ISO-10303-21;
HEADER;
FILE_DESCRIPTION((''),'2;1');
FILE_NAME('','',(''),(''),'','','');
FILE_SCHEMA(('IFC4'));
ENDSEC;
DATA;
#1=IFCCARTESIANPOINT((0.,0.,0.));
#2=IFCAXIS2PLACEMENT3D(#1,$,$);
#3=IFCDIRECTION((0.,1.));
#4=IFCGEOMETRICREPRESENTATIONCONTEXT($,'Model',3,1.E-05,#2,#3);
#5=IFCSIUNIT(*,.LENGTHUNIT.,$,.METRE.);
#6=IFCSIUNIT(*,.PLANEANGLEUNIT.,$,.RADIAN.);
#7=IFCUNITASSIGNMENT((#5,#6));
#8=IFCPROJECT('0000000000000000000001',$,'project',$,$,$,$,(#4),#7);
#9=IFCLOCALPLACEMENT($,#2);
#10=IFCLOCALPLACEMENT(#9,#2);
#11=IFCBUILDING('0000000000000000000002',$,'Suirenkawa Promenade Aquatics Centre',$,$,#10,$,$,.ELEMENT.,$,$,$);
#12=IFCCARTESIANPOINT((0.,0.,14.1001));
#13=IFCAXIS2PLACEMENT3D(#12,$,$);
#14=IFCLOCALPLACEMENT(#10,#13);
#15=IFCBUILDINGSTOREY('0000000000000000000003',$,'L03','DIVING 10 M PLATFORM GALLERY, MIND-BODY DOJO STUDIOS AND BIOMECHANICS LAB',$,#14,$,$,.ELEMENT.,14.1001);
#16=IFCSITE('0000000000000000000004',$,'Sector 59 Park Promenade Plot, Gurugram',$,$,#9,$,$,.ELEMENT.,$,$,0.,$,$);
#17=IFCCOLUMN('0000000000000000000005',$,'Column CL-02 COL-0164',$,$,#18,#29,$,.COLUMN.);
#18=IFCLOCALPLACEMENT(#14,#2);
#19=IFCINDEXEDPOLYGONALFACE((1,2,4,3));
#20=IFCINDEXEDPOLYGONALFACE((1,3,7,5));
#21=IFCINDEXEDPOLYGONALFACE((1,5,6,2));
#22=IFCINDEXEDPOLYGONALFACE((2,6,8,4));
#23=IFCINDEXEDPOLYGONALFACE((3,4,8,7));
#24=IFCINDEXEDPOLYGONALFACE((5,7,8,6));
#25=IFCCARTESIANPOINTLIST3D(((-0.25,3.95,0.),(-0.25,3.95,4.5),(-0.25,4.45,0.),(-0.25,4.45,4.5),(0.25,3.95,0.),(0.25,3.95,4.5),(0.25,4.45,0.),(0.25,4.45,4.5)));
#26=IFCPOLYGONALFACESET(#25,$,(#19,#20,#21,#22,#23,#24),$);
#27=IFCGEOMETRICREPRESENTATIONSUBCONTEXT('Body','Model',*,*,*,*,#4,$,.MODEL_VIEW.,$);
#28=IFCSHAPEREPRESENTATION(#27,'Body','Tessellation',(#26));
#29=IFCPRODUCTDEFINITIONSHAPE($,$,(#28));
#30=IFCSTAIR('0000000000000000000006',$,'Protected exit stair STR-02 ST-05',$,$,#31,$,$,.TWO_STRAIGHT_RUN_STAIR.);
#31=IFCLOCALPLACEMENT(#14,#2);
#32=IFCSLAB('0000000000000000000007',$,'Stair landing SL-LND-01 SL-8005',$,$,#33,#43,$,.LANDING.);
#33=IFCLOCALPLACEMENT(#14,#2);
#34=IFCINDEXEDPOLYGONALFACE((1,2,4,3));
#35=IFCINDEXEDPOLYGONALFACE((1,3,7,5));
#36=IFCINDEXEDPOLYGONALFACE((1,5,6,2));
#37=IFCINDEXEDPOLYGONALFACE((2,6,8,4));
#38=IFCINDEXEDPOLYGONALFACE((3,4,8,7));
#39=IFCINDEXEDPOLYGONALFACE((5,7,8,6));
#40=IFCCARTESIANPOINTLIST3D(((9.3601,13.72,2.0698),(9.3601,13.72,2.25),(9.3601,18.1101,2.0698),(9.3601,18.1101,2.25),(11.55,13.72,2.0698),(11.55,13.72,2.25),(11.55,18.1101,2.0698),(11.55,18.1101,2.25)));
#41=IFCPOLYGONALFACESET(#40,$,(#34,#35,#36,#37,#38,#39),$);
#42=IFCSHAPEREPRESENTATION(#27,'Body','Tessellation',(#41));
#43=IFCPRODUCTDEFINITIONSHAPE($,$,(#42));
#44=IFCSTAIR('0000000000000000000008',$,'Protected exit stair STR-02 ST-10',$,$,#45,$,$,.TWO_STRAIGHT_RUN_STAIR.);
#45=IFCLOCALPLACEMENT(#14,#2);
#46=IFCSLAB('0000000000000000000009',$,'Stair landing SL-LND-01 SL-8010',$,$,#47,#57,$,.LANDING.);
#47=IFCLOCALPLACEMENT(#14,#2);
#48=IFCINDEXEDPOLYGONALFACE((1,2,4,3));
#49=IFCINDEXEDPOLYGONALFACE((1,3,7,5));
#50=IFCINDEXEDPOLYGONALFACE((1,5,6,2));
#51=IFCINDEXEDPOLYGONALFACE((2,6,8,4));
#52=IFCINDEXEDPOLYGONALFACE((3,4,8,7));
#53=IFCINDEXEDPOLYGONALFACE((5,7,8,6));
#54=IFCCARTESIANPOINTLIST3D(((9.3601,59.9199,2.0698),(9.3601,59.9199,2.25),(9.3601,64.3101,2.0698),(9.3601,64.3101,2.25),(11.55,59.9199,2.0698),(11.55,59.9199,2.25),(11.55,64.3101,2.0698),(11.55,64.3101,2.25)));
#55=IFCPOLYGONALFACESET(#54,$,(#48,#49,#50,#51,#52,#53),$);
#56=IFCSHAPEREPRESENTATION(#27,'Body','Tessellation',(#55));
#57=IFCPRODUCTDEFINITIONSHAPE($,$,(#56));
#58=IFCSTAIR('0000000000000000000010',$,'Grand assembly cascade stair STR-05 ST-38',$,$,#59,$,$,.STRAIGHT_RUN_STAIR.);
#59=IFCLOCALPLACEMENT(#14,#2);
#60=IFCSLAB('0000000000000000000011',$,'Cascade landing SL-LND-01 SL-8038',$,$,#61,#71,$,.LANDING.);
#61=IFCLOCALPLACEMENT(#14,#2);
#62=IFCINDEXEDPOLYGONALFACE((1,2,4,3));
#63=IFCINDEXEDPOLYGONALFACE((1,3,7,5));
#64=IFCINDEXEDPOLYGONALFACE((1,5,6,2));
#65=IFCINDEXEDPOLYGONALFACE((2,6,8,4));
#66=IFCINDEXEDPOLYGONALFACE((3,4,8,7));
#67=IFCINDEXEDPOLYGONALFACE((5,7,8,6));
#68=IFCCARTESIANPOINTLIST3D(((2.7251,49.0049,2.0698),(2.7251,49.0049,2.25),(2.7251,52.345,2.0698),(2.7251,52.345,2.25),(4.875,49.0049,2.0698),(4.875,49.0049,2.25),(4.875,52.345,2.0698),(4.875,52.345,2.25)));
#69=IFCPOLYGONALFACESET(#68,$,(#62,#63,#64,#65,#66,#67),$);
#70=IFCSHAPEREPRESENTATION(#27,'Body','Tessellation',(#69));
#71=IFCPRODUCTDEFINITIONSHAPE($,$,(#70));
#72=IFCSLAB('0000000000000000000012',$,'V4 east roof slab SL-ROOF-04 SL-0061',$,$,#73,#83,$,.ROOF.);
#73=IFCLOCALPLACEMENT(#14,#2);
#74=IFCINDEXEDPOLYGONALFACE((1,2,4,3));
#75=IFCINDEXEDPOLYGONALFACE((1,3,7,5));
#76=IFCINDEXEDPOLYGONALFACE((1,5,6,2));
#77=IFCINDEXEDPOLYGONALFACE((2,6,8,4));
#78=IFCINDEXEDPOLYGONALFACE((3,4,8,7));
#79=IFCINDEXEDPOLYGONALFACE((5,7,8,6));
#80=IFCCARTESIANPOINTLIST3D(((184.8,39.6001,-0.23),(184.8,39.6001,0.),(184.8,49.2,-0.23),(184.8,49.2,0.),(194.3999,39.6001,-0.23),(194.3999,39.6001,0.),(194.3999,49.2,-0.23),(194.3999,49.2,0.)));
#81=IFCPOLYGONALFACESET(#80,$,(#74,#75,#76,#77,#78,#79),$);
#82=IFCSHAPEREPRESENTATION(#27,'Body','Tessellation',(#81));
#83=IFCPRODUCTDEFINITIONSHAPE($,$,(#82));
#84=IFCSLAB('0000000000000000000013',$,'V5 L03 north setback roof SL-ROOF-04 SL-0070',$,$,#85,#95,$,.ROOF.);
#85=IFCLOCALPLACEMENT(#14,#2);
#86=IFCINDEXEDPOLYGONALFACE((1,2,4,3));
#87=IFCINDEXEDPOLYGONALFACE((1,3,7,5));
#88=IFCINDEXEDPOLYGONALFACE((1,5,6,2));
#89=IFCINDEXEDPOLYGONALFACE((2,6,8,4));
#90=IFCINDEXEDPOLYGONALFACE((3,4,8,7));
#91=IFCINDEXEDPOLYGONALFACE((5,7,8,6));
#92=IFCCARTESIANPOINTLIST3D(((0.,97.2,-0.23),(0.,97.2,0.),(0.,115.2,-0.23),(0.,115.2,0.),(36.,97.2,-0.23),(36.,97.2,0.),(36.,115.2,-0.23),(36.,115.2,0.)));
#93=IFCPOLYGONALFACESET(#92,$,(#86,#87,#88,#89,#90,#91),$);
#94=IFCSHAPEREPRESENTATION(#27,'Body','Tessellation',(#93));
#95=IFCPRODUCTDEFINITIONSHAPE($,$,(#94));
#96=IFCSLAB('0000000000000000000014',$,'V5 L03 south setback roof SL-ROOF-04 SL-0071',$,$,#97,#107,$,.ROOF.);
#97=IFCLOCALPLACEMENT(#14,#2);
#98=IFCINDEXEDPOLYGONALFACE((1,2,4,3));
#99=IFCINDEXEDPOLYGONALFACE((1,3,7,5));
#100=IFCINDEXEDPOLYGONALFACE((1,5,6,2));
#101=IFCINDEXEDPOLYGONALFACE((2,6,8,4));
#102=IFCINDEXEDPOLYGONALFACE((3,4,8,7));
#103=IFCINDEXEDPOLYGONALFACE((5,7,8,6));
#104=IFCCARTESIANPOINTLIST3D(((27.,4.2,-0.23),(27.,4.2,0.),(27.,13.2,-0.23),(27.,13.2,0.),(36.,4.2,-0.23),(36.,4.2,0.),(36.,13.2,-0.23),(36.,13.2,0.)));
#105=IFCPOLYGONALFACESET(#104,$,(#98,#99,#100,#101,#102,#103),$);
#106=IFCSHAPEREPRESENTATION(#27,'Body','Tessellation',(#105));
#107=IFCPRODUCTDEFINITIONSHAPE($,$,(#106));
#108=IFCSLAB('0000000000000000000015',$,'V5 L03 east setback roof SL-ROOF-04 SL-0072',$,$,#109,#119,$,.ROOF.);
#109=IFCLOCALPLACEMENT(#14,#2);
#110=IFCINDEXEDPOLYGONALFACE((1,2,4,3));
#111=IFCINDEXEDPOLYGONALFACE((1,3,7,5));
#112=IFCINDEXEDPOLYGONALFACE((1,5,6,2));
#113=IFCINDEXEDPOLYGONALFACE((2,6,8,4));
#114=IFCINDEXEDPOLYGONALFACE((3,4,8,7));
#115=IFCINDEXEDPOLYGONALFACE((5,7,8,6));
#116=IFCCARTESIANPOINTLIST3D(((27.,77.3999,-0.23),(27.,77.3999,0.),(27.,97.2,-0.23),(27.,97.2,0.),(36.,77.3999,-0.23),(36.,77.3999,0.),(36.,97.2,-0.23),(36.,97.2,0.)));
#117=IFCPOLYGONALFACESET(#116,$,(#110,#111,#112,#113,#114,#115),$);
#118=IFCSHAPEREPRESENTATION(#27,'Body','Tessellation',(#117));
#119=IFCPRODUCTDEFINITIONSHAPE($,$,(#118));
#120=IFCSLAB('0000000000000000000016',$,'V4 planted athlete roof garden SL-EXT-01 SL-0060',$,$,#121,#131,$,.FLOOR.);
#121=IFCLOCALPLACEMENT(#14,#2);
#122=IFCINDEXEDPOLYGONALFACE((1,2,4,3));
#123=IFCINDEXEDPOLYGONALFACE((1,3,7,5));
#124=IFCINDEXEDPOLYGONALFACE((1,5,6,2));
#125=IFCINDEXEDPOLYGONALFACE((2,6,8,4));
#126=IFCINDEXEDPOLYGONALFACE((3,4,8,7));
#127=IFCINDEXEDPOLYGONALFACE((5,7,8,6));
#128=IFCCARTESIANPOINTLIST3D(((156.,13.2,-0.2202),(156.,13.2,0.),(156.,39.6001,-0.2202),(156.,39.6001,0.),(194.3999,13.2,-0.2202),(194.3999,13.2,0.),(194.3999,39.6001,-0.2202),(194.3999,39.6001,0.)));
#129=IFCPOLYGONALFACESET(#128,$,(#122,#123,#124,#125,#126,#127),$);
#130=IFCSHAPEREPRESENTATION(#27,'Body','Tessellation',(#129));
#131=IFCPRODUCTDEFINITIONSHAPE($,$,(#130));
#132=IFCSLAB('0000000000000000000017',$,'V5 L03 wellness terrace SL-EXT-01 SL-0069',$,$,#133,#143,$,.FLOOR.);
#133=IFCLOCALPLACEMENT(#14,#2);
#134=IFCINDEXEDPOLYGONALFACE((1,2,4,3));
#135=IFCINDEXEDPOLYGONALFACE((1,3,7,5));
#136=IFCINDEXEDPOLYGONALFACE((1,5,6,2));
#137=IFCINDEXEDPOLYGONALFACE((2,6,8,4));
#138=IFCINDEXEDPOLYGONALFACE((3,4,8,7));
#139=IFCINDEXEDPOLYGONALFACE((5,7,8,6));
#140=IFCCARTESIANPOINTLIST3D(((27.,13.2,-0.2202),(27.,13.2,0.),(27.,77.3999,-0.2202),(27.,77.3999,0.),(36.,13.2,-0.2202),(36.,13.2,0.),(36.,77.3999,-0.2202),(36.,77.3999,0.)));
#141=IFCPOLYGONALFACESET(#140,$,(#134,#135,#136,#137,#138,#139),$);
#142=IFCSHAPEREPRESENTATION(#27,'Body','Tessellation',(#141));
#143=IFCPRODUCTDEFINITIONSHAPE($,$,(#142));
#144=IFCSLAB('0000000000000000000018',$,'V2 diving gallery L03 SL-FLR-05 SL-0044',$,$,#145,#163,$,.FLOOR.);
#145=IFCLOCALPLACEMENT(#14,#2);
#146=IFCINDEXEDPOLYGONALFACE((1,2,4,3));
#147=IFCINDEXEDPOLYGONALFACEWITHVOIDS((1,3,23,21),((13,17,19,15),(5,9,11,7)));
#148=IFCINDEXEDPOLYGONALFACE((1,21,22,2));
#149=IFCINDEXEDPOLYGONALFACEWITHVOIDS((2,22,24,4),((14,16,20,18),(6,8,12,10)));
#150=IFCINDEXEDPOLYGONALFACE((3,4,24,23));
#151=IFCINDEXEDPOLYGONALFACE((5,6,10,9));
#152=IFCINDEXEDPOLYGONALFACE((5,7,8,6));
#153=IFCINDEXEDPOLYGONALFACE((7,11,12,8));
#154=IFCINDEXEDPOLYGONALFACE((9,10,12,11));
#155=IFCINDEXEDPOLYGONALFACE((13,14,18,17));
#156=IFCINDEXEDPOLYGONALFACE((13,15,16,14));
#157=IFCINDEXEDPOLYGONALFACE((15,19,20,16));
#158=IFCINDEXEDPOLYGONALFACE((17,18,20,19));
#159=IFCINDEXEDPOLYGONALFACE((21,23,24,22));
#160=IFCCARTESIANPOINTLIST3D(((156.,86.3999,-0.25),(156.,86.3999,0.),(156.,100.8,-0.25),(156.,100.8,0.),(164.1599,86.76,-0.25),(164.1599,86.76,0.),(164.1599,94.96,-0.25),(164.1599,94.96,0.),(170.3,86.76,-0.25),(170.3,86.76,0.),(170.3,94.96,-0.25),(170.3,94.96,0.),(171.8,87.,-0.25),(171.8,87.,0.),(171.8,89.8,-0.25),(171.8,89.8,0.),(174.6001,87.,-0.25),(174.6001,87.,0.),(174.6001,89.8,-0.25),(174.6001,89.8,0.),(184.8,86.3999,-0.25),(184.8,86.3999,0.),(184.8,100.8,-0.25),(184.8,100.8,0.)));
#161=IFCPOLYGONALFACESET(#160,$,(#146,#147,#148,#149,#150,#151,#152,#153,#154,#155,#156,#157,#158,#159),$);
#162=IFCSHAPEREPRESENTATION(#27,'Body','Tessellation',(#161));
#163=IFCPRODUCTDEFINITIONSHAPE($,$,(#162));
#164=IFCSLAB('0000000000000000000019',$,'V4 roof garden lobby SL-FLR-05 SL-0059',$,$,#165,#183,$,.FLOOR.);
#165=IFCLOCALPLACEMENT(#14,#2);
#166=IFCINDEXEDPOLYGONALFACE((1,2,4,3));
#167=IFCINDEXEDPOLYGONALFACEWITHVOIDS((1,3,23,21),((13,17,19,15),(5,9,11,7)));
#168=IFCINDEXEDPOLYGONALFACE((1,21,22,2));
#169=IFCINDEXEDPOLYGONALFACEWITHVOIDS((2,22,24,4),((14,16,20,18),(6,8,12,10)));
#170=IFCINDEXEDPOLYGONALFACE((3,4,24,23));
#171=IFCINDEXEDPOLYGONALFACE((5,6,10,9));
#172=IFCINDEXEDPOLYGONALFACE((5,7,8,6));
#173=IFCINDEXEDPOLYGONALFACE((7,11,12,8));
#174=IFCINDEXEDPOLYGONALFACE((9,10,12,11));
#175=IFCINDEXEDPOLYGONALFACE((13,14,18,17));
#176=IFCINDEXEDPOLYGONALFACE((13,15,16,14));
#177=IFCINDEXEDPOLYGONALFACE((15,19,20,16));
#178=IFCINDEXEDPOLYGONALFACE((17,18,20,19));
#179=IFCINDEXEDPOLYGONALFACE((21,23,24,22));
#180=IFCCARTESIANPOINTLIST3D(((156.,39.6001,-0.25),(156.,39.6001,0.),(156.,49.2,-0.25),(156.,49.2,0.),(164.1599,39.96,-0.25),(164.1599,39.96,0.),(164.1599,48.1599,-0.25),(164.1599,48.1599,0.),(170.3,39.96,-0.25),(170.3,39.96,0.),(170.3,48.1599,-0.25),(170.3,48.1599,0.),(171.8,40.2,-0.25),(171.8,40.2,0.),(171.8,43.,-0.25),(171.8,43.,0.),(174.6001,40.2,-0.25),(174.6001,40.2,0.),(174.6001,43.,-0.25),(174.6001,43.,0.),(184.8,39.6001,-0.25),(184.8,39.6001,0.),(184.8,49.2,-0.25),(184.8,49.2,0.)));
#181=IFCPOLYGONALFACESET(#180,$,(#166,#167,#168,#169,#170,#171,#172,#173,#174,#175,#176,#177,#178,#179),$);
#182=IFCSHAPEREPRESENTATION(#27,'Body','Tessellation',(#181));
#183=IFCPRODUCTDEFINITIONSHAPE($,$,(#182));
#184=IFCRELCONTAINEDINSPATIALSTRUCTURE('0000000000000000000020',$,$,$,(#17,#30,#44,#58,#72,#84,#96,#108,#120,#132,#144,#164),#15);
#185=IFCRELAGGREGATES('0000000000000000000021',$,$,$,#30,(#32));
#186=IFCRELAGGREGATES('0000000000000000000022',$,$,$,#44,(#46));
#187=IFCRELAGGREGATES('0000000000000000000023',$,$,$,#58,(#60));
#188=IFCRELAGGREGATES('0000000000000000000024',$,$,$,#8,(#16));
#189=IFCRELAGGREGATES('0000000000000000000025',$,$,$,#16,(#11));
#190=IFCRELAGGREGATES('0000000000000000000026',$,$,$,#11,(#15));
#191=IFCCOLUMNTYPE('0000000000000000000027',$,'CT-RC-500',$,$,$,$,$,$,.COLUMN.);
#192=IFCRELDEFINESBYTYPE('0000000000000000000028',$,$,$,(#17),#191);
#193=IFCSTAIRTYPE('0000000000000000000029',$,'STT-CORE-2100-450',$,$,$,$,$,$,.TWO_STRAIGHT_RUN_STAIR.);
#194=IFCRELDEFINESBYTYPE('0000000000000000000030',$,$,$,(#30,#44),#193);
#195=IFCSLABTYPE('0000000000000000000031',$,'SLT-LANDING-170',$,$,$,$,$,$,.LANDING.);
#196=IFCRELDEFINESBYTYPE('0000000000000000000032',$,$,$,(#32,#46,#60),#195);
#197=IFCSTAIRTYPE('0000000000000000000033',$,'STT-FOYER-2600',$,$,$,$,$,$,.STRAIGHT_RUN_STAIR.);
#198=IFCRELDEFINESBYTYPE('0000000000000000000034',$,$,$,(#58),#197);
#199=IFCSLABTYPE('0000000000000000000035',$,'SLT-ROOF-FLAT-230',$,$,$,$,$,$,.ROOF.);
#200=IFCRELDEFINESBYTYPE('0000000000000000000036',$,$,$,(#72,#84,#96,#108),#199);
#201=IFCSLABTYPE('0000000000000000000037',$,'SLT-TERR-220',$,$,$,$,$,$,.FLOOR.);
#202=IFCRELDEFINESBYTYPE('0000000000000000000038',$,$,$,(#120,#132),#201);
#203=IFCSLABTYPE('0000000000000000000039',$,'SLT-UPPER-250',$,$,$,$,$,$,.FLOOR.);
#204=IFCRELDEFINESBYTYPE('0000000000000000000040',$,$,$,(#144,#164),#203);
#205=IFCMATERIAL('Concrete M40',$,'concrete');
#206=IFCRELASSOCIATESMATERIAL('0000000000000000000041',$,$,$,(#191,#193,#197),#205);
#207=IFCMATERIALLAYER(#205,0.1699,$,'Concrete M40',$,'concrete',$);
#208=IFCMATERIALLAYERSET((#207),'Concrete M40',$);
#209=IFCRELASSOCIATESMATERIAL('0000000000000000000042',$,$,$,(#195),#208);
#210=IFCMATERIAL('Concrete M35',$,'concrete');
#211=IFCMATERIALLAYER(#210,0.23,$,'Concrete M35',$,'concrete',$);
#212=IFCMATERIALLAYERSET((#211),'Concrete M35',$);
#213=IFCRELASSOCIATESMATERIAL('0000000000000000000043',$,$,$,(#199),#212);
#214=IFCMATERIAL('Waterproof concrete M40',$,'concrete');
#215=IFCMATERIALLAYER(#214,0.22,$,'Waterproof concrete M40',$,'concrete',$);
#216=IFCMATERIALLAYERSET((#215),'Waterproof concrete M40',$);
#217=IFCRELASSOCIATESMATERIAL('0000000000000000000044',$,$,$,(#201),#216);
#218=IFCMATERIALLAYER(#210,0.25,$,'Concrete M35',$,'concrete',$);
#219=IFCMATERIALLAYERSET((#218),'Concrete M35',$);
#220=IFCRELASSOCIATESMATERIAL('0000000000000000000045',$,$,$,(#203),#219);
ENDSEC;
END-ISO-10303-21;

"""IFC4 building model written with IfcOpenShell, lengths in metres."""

from ifc_helpers import new_model, si_unit, direction, frame, origin, origin_2d, place, context, subcontext, project, spatial, polyline, rectangle, outline, extrude, material, layer, layer_set, material_profile, profile_set, type_object, element, aggregate, save


model = new_model("IFC4")

# Units and contexts
model_context = context("Model", 3, precision=1e-05, world=origin(), true_north=direction((0.0, 1.0)))
body_context = subcontext(model_context, "Body", "Model", "MODEL_VIEW")
ifc_project = project(units=[si_unit("LENGTHUNIT", "METRE"), si_unit("PLANEANGLEUNIT", "RADIAN")], contexts=[model_context])

# Site, building, storey
site_placement = place(None, origin())
site = spatial("IfcSite", under=ifc_project, at=site_placement, Name="Sector 59 Park Promenade Plot, Gurugram", CompositionType="ELEMENT", RefElevation=0.0)
building_placement = place(site_placement, origin())
building = spatial("IfcBuilding", under=site, at=building_placement, Name="Suirenkawa Promenade Aquatics Centre", CompositionType="ELEMENT")
storey_placement = place(building_placement, frame((0.0, 0.0, 14.1001)))
storey = spatial("IfcBuildingStorey", under=building, at=storey_placement, Name="L03", Description="DIVING 10 M PLATFORM GALLERY, MIND-BODY DOJO STUDIOS AND BIOMECHANICS LAB", CompositionType="ELEMENT", Elevation=14.1001)

# Column
ifc_material_1 = material(Name="Concrete M40", Category="concrete")
ifc_material_profile = material_profile(ifc_material_1, rectangle(XDim=0.5, YDim=0.5, at=origin_2d()), Name="RC COL 500x500", Category="concrete")
ifc_profile_set = profile_set([ifc_material_profile], Name="Concrete M40")
column_type = type_object("IfcColumnType", Name="CT-RC-500", PredefinedType="COLUMN", material=ifc_profile_set)
column_placement = place(storey_placement, frame((0.0, 4.2, 0.0), z_axis=(0.0, 0.0, 1.0), x_axis=(1.0, 0.0, 0.0)))
element("IfcColumn", 1, at=column_placement, inside=storey, type_object=column_type, Name="Column CL-02 COL-0164", PredefinedType="COLUMN", context=body_context, shape_type="SweptSolid", body=[
    extrude(rectangle(XDim=0.5, YDim=0.5, at=origin_2d()), origin(), (0.0, 0.0, 1.0), 4.5),
])

# Stairs, slabs
stair_type_1 = type_object("IfcStairType", Name="STT-CORE-2100-450", PredefinedType="TWO_STRAIGHT_RUN_STAIR", material=ifc_material_1)
stair_1_placement = place(storey_placement, origin())
stair_1 = element("IfcStair", 2, at=stair_1_placement, inside=storey, type_object=stair_type_1, Name="Protected exit stair STR-02 ST-05", PredefinedType="TWO_STRAIGHT_RUN_STAIR")
ifc_layer_1 = layer(ifc_material_1, 0.1699, Name="Concrete M40", Category="concrete")
ifc_layer_set_1 = layer_set([ifc_layer_1], Name="Concrete M40")
slab_type_1 = type_object("IfcSlabType", Name="SLT-LANDING-170", PredefinedType="LANDING", material=ifc_layer_set_1)
slab_1_placement = place(storey_placement, frame((0.0, 0.0, 2.0698)))
slab_1 = element("IfcSlab", 3, at=slab_1_placement, type_object=slab_type_1, Name="Stair landing SL-LND-01 SL-8005", PredefinedType="LANDING", context=body_context, shape_type="SweptSolid", body=[
    extrude(outline(polyline([(9.3601, 13.72), (11.55, 13.72), (11.55, 18.1101), (9.3601, 18.1101), (9.3601, 13.72)])), origin(), (0.0, 0.0, 1.0), 0.1802),
])
aggregate(stair_1, [slab_1])
stair_2_placement = place(storey_placement, origin())
stair_2 = element("IfcStair", 4, at=stair_2_placement, inside=storey, type_object=stair_type_1, Name="Protected exit stair STR-02 ST-10", PredefinedType="TWO_STRAIGHT_RUN_STAIR")
slab_2_placement = place(storey_placement, frame((0.0, 0.0, 2.0698)))
slab_2 = element("IfcSlab", 5, at=slab_2_placement, type_object=slab_type_1, Name="Stair landing SL-LND-01 SL-8010", PredefinedType="LANDING", context=body_context, shape_type="SweptSolid", body=[
    extrude(outline(polyline([(9.3601, 59.9199), (11.55, 59.9199), (11.55, 64.3101), (9.3601, 64.3101), (9.3601, 59.9199)])), origin(), (0.0, 0.0, 1.0), 0.1802),
])
aggregate(stair_2, [slab_2])
stair_type_2 = type_object("IfcStairType", Name="STT-FOYER-2600", PredefinedType="STRAIGHT_RUN_STAIR", material=ifc_material_1)
stair_3_placement = place(storey_placement, origin())
stair_3 = element("IfcStair", 6, at=stair_3_placement, inside=storey, type_object=stair_type_2, Name="Grand assembly cascade stair STR-05 ST-38", PredefinedType="STRAIGHT_RUN_STAIR")
slab_3_placement = place(storey_placement, frame((0.0, 0.0, 2.0698)))
slab_3 = element("IfcSlab", 7, at=slab_3_placement, type_object=slab_type_1, Name="Cascade landing SL-LND-01 SL-8038", PredefinedType="LANDING", context=body_context, shape_type="SweptSolid", body=[
    extrude(outline(polyline([(2.7251, 49.0049), (4.875, 49.0049), (4.875, 52.345), (2.7251, 52.345), (2.7251, 49.0049)])), origin(), (0.0, 0.0, 1.0), 0.1802),
])
aggregate(stair_3, [slab_3])

# Slabs
ifc_material_2 = material(Name="Concrete M35", Category="concrete")
ifc_layer_2 = layer(ifc_material_2, 0.23, Name="Concrete M35", Category="concrete")
ifc_layer_set_2 = layer_set([ifc_layer_2], Name="Concrete M35")
slab_type_2 = type_object("IfcSlabType", Name="SLT-ROOF-FLAT-230", PredefinedType="ROOF", material=ifc_layer_set_2)
slab_4_placement = place(storey_placement, frame((0.0, 0.0, -0.23)))
element("IfcSlab", 8, at=slab_4_placement, inside=storey, type_object=slab_type_2, Name="V4 east roof slab SL-ROOF-04 SL-0061", PredefinedType="ROOF", context=body_context, shape_type="SweptSolid", body=[
    extrude(outline(polyline([(184.8, 39.6001), (194.3999, 39.6001), (194.3999, 49.2), (184.8, 49.2), (184.8, 39.6001)])), origin(), (0.0, 0.0, 1.0), 0.23),
])
slab_5_placement = place(storey_placement, frame((0.0, 0.0, -0.23)))
element("IfcSlab", 9, at=slab_5_placement, inside=storey, type_object=slab_type_2, Name="V5 L03 north setback roof SL-ROOF-04 SL-0070", PredefinedType="ROOF", context=body_context, shape_type="SweptSolid", body=[
    extrude(outline(polyline([(0.0, 97.2), (36.0, 97.2), (36.0, 115.2), (0.0, 115.2), (0.0, 97.2)])), origin(), (0.0, 0.0, 1.0), 0.23),
])
slab_6_placement = place(storey_placement, frame((0.0, 0.0, -0.23)))
element("IfcSlab", 10, at=slab_6_placement, inside=storey, type_object=slab_type_2, Name="V5 L03 south setback roof SL-ROOF-04 SL-0071", PredefinedType="ROOF", context=body_context, shape_type="SweptSolid", body=[
    extrude(outline(polyline([(27.0, 4.2), (36.0, 4.2), (36.0, 13.2), (27.0, 13.2), (27.0, 4.2)])), origin(), (0.0, 0.0, 1.0), 0.23),
])
slab_7_placement = place(storey_placement, frame((0.0, 0.0, -0.23)))
element("IfcSlab", 11, at=slab_7_placement, inside=storey, type_object=slab_type_2, Name="V5 L03 east setback roof SL-ROOF-04 SL-0072", PredefinedType="ROOF", context=body_context, shape_type="SweptSolid", body=[
    extrude(outline(polyline([(27.0, 77.3999), (36.0, 77.3999), (36.0, 97.2), (27.0, 97.2), (27.0, 77.3999)])), origin(), (0.0, 0.0, 1.0), 0.23),
])
ifc_material_3 = material(Name="Waterproof concrete M40", Category="concrete")
ifc_layer_3 = layer(ifc_material_3, 0.22, Name="Waterproof concrete M40", Category="concrete")
ifc_layer_set_3 = layer_set([ifc_layer_3], Name="Waterproof concrete M40")
slab_type_3 = type_object("IfcSlabType", Name="SLT-TERR-220", PredefinedType="FLOOR", material=ifc_layer_set_3)
slab_8_placement = place(storey_placement, frame((0.0, 0.0, -0.2202)))
element("IfcSlab", 12, at=slab_8_placement, inside=storey, type_object=slab_type_3, Name="V4 planted athlete roof garden SL-EXT-01 SL-0060", PredefinedType="FLOOR", context=body_context, shape_type="SweptSolid", body=[
    extrude(outline(polyline([(156.0, 13.2), (194.3999, 13.2), (194.3999, 39.6001), (156.0, 39.6001), (156.0, 13.2)])), origin(), (0.0, 0.0, 1.0), 0.2202),
])
slab_9_placement = place(storey_placement, frame((0.0, 0.0, -0.2202)))
element("IfcSlab", 13, at=slab_9_placement, inside=storey, type_object=slab_type_3, Name="V5 L03 wellness terrace SL-EXT-01 SL-0069", PredefinedType="FLOOR", context=body_context, shape_type="SweptSolid", body=[
    extrude(outline(polyline([(27.0, 13.2), (36.0, 13.2), (36.0, 77.3999), (27.0, 77.3999), (27.0, 13.2)])), origin(), (0.0, 0.0, 1.0), 0.2202),
])
ifc_layer_4 = layer(ifc_material_2, 0.25, Name="Concrete M35", Category="concrete")
ifc_layer_set_4 = layer_set([ifc_layer_4], Name="Concrete M35")
slab_type_4 = type_object("IfcSlabType", Name="SLT-UPPER-250", PredefinedType="FLOOR", material=ifc_layer_set_4)
slab_10_placement = place(storey_placement, frame((0.0, 0.0, -0.25)))
element("IfcSlab", 14, at=slab_10_placement, inside=storey, type_object=slab_type_4, Name="V2 diving gallery L03 SL-FLR-05 SL-0044", PredefinedType="FLOOR", context=body_context, shape_type="SweptSolid", body=[
    extrude(outline(polyline([(156.0, 86.3999), (184.8, 86.3999), (184.8, 100.8), (156.0, 100.8), (156.0, 86.3999)]), holes=[polyline([(164.1599, 86.76), (170.3, 86.76), (170.3, 94.96), (164.1599, 94.96), (164.1599, 86.76)]), polyline([(171.8, 87.0), (174.6001, 87.0), (174.6001, 89.8), (171.8, 89.8), (171.8, 87.0)])]), origin(), (0.0, 0.0, 1.0), 0.25),
])
slab_11_placement = place(storey_placement, frame((0.0, 0.0, -0.25)))
element("IfcSlab", 15, at=slab_11_placement, inside=storey, type_object=slab_type_4, Name="V4 roof garden lobby SL-FLR-05 SL-0059", PredefinedType="FLOOR", context=body_context, shape_type="SweptSolid", body=[
    extrude(outline(polyline([(156.0, 39.6001), (184.8, 39.6001), (184.8, 49.2), (156.0, 49.2), (156.0, 39.6001)]), holes=[polyline([(164.1599, 39.96), (170.3, 39.96), (170.3, 48.1599), (164.1599, 48.1599), (164.1599, 39.96)]), polyline([(171.8, 40.2), (174.6001, 40.2), (174.6001, 43.0), (171.8, 43.0), (171.8, 40.2)])]), origin(), (0.0, 0.0, 1.0), 0.25),
])

save(model, "model.ifc")
